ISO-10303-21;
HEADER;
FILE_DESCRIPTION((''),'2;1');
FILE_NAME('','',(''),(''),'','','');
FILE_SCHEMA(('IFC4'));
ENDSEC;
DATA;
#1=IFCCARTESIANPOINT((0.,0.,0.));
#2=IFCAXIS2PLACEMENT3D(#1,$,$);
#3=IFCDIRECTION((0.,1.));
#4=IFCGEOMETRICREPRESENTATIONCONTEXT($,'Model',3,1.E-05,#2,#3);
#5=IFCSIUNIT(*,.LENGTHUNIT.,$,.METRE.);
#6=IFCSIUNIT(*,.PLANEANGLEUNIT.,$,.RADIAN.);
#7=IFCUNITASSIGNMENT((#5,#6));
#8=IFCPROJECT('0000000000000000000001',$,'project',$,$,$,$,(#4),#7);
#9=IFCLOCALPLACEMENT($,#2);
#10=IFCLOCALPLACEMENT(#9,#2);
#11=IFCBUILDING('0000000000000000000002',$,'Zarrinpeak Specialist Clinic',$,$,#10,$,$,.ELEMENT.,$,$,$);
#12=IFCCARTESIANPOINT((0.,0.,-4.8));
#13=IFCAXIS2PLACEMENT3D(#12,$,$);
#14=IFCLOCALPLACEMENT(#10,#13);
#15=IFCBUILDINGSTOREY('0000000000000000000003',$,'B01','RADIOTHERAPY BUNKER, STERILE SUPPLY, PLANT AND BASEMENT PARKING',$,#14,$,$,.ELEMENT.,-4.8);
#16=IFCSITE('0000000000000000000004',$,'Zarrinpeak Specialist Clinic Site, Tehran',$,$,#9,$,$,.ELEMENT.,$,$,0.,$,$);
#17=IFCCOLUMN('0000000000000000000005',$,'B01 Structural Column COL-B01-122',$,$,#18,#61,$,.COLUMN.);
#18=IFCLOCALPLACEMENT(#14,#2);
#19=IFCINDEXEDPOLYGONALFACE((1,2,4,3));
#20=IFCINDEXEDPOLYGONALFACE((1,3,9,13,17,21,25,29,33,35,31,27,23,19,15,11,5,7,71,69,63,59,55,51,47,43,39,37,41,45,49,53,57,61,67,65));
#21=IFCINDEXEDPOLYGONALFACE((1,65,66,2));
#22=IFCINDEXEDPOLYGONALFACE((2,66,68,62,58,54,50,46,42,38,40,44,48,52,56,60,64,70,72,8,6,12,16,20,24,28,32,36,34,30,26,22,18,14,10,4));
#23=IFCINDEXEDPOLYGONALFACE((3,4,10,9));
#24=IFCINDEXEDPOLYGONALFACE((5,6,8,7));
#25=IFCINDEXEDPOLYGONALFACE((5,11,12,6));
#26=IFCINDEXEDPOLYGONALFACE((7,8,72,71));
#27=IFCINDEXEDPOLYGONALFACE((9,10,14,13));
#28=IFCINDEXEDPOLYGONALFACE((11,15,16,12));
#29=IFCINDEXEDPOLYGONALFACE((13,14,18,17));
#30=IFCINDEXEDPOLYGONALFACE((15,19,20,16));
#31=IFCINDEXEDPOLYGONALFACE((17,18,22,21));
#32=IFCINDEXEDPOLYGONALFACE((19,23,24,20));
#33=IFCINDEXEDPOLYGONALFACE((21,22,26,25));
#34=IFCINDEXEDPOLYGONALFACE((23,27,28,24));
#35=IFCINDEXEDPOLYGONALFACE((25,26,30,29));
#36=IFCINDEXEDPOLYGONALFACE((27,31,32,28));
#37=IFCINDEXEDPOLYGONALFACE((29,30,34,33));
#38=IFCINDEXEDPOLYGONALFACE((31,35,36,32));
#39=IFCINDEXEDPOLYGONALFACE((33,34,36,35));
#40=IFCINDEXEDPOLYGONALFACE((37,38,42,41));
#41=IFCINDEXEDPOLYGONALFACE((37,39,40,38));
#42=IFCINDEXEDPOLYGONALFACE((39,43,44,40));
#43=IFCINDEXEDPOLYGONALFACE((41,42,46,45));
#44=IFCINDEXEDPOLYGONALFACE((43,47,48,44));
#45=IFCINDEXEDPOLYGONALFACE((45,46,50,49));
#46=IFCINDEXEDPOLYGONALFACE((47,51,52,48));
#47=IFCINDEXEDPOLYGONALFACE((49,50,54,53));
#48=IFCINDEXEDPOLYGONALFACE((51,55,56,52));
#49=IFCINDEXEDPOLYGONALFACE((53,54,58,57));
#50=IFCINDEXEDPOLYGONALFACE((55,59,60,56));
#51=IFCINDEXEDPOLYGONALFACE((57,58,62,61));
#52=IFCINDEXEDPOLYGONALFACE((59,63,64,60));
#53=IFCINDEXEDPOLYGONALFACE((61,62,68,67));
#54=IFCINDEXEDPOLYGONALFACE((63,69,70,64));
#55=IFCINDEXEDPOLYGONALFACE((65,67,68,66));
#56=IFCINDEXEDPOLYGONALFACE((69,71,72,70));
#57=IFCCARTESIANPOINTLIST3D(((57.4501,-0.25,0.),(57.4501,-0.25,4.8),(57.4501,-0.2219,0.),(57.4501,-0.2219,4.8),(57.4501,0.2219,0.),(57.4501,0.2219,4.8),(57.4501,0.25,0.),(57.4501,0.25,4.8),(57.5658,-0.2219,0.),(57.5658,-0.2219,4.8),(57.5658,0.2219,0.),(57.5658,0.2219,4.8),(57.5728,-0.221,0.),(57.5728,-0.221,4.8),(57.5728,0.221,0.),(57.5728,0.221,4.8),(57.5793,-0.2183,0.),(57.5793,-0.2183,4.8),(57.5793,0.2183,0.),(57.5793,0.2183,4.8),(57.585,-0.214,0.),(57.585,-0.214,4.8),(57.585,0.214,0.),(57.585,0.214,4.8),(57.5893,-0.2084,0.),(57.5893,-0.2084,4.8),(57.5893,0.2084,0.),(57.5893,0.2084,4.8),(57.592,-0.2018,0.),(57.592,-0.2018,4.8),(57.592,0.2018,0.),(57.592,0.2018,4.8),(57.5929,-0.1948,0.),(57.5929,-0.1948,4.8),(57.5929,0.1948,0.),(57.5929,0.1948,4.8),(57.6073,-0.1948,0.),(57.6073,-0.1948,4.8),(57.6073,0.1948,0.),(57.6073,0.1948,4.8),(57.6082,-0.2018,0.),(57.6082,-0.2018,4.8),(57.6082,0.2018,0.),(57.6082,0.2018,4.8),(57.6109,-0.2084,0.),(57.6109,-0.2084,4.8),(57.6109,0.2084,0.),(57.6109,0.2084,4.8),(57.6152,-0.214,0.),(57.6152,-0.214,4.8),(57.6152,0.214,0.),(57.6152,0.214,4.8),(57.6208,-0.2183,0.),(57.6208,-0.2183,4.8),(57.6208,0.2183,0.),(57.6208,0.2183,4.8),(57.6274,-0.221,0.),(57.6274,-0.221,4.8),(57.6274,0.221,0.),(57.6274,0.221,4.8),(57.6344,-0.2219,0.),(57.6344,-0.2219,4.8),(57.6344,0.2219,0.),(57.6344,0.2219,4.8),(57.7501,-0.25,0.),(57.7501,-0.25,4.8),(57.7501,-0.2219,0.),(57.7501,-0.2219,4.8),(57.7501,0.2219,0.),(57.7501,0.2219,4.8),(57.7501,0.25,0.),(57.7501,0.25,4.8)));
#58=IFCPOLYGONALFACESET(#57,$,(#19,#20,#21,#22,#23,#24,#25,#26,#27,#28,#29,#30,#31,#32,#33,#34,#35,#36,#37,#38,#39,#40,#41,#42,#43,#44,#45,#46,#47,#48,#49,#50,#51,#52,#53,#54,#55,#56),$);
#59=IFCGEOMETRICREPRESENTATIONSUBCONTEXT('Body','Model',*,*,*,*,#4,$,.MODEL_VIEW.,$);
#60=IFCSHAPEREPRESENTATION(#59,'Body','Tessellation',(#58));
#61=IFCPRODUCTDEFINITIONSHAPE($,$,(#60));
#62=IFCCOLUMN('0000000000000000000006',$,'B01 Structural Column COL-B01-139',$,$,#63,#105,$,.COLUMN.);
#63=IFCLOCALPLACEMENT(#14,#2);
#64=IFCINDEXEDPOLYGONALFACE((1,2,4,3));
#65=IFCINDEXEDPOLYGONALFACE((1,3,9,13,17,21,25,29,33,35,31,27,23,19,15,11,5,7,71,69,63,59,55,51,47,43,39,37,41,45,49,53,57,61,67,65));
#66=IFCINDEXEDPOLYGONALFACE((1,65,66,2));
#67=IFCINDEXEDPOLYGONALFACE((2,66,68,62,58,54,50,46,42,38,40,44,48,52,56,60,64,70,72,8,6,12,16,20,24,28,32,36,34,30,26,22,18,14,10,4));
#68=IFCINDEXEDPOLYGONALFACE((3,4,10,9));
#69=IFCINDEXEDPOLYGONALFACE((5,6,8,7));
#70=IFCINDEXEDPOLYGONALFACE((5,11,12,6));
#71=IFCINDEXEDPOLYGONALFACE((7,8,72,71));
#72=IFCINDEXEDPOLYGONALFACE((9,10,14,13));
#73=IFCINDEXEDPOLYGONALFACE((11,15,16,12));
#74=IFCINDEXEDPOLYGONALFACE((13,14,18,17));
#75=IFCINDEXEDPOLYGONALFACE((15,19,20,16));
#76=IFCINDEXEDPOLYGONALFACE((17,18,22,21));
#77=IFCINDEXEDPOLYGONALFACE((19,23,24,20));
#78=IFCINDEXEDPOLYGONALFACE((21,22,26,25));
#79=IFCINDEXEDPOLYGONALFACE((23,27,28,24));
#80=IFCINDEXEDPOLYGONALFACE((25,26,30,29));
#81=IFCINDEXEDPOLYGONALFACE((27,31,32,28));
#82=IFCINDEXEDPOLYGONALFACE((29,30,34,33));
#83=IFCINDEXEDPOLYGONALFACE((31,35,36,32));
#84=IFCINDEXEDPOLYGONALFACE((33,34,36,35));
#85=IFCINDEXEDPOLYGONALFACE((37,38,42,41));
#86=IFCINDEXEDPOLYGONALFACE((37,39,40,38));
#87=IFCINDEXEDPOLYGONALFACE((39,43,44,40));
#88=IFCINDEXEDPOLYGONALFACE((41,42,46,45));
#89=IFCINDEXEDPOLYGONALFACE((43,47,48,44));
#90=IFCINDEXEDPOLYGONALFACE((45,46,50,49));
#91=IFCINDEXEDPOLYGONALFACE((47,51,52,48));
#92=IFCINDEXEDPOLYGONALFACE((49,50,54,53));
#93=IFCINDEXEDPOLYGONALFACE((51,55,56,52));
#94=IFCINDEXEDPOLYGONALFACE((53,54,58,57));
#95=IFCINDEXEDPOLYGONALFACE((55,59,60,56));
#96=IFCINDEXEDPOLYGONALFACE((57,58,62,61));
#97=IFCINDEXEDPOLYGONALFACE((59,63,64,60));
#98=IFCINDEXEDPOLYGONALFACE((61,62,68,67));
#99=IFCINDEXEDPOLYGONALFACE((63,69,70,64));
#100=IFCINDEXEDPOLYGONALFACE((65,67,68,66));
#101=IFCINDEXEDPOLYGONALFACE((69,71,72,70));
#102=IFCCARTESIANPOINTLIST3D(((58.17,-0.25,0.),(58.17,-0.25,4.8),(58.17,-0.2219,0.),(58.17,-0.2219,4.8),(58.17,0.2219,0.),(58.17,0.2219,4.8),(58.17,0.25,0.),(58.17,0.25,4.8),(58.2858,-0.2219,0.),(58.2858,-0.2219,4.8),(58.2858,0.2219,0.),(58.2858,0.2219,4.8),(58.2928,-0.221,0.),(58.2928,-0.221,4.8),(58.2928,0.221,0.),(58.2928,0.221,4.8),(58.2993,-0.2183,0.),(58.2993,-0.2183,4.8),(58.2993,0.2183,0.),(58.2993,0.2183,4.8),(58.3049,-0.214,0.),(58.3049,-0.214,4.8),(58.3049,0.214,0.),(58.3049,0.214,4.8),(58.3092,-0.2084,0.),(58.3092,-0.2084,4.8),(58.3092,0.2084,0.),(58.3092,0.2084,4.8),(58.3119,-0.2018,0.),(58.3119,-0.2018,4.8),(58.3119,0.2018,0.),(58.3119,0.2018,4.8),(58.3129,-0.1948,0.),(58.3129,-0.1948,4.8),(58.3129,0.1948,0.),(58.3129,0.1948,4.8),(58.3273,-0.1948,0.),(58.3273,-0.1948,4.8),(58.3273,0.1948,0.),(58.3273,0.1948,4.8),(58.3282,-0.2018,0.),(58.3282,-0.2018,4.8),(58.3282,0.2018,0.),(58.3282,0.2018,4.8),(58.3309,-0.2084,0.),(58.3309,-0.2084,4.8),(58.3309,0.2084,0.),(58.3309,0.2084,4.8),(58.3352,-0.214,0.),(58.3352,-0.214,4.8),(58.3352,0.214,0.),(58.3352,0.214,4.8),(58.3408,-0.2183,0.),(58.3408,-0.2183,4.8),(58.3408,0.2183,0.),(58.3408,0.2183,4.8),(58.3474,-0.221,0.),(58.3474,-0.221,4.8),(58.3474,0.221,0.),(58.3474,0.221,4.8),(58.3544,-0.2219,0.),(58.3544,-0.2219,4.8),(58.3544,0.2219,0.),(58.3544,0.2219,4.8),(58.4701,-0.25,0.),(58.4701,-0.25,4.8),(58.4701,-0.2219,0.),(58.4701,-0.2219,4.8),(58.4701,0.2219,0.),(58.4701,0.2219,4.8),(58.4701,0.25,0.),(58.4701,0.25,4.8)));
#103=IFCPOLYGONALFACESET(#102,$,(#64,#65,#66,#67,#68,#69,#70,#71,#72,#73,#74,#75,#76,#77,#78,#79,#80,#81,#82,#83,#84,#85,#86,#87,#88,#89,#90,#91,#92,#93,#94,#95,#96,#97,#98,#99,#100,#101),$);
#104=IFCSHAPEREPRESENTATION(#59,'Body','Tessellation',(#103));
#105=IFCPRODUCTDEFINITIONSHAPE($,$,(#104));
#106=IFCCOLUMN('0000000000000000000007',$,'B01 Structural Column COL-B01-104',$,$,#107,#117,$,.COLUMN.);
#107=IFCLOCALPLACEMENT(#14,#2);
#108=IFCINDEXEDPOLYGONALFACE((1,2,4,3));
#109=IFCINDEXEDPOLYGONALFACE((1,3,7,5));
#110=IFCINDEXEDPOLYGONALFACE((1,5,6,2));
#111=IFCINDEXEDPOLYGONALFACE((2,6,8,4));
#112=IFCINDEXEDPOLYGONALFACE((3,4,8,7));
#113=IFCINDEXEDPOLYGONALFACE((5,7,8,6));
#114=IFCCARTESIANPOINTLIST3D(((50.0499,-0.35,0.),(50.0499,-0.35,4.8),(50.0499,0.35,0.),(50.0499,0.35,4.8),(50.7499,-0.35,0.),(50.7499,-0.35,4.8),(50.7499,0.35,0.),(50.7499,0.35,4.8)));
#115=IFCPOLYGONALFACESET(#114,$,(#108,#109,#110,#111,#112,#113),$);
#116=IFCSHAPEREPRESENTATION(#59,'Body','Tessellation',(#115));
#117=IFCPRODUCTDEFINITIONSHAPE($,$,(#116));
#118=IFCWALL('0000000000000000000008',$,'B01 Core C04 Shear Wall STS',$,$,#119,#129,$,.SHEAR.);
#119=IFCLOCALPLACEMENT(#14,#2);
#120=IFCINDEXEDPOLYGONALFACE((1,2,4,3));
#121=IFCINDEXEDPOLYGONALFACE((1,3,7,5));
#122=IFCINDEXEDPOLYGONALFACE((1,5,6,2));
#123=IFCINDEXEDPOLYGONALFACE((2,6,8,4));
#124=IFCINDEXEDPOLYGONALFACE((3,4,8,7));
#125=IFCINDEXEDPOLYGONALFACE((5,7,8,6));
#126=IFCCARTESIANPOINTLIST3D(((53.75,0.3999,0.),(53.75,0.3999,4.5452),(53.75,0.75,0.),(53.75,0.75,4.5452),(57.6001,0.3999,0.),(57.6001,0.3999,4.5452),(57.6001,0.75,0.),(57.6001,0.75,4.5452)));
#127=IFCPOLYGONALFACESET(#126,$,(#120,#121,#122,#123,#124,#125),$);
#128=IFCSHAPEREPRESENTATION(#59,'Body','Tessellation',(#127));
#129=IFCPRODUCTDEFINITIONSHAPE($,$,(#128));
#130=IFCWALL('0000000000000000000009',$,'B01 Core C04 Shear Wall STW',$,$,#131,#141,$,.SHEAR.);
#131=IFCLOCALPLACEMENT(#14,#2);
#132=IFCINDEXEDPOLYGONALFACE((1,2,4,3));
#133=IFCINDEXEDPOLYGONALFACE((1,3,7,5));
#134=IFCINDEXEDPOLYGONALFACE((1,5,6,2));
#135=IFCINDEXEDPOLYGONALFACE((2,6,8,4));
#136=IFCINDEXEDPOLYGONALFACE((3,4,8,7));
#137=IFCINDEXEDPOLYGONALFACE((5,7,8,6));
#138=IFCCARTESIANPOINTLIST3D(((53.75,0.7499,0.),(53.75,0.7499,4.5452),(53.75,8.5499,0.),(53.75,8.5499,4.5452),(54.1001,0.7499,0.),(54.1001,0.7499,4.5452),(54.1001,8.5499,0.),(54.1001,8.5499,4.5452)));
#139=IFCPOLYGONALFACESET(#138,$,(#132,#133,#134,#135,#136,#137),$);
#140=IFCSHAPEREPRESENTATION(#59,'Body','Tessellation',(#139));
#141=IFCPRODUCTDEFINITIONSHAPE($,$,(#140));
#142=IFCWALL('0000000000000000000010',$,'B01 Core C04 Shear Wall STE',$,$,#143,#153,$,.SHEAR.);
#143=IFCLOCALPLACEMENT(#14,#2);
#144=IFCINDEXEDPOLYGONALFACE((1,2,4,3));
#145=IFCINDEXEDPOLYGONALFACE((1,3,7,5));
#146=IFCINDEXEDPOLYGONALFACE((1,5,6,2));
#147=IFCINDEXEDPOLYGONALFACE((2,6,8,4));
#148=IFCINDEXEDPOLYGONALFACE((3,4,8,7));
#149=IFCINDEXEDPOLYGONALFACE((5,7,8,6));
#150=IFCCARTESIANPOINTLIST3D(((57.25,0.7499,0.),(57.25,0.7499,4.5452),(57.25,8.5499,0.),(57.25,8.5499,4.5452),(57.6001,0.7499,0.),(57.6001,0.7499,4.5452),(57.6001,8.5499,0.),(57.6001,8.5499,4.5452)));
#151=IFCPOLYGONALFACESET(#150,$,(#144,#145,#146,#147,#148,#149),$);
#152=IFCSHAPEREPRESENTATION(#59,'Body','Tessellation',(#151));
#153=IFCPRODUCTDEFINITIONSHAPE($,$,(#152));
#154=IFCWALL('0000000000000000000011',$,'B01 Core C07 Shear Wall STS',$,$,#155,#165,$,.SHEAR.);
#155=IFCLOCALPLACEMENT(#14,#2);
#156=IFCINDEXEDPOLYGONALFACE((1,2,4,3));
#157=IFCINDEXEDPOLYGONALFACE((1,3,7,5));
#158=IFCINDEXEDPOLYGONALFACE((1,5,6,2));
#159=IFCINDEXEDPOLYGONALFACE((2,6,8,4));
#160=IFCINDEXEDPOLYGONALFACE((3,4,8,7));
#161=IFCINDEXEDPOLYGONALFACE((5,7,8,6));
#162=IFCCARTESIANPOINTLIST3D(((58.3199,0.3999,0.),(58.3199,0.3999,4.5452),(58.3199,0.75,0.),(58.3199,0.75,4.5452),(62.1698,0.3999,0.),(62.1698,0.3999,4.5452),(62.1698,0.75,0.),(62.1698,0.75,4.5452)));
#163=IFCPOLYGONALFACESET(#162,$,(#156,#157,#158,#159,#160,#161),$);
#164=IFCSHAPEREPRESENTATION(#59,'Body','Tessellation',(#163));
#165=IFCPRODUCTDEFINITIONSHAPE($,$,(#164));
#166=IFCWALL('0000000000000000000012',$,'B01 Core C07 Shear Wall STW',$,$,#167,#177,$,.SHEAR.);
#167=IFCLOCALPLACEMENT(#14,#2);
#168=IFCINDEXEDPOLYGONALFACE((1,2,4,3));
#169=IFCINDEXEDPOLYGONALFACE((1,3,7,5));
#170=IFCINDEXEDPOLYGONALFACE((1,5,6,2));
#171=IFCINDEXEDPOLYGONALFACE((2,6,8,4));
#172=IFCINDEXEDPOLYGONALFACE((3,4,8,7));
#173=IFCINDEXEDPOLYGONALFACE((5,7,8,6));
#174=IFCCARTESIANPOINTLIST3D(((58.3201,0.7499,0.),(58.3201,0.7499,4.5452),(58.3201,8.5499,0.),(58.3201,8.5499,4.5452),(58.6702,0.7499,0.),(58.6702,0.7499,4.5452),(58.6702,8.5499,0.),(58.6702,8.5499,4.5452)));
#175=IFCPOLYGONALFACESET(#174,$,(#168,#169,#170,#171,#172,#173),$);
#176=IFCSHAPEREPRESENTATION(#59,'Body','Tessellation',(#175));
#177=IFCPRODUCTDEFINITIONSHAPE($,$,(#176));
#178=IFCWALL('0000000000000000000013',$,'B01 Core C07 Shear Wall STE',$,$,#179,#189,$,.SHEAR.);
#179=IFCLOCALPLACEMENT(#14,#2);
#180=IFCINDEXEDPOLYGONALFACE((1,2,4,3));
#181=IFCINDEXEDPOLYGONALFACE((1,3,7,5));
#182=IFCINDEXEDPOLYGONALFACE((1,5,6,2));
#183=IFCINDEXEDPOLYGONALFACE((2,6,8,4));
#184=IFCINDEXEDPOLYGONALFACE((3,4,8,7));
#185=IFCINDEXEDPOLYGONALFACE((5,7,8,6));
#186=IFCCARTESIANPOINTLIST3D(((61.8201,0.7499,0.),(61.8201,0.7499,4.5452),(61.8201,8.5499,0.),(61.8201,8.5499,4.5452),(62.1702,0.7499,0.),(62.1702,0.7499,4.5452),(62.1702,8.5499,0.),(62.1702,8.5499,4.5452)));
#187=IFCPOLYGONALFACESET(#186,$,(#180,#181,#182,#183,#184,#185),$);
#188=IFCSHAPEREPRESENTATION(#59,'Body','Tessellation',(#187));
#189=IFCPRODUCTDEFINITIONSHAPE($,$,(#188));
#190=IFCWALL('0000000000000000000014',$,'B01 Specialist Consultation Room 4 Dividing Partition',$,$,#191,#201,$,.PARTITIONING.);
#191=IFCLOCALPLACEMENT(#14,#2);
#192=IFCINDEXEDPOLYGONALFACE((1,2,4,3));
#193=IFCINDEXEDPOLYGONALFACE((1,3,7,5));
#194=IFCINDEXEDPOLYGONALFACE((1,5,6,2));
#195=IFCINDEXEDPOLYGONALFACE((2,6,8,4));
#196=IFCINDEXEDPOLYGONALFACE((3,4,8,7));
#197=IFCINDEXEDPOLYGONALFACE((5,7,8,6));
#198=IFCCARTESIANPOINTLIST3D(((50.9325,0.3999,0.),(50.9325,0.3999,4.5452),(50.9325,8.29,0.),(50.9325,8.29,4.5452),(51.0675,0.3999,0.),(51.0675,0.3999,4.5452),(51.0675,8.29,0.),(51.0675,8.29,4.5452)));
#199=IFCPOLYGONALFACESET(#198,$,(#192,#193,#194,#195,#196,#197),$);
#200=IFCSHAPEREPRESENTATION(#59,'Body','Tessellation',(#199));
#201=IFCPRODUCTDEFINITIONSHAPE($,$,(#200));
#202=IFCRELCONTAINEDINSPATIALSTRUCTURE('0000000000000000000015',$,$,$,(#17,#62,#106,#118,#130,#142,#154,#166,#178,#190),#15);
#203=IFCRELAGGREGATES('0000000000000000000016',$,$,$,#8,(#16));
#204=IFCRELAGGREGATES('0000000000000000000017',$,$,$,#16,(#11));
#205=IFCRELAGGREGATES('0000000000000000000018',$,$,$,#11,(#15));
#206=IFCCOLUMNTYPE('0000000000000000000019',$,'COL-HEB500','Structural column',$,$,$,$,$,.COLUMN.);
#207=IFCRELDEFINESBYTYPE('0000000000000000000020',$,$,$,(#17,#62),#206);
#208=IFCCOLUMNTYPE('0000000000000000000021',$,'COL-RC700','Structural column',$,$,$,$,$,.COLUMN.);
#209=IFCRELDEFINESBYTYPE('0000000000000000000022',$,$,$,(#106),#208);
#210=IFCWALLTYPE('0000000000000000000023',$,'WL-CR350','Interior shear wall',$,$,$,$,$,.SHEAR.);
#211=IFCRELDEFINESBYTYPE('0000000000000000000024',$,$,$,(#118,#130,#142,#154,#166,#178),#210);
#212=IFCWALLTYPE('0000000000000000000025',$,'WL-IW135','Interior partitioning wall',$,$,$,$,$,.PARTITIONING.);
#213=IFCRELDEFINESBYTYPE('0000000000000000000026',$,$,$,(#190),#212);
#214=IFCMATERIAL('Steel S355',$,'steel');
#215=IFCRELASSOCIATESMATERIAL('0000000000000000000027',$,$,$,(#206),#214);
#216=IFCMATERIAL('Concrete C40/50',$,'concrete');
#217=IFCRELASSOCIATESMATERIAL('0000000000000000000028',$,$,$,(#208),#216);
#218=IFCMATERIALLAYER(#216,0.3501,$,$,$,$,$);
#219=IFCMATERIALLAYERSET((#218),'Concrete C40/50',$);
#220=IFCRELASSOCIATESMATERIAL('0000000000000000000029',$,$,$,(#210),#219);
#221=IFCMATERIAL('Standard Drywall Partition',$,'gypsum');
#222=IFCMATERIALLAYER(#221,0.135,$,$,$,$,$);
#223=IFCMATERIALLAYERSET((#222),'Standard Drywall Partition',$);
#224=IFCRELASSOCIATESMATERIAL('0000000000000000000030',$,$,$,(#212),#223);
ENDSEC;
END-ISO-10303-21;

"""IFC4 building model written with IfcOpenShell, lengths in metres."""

from ifc_helpers import new_model, si_unit, direction, frame, frame_2d, origin, origin_2d, place, context, subcontext, project, spatial, rectangle, i_section, extrude, material, layer, layer_set, material_profile, profile_set, type_object, element, save


model = new_model("IFC4")

# Units and contexts
model_context = context("Model", 3, precision=1e-05, world=origin(), true_north=direction((0.0, 1.0)))
body_context = subcontext(model_context, "Body", "Model", "MODEL_VIEW")
ifc_project = project(units=[si_unit("LENGTHUNIT", "METRE"), si_unit("PLANEANGLEUNIT", "RADIAN")], contexts=[model_context])

# Site, building, storey
site_placement = place(None, origin())
site = spatial("IfcSite", under=ifc_project, at=site_placement, Name="Zarrinpeak Specialist Clinic Site, Tehran", CompositionType="ELEMENT", RefElevation=0.0)
building_placement = place(site_placement, origin())
building = spatial("IfcBuilding", under=site, at=building_placement, Name="Zarrinpeak Specialist Clinic", CompositionType="ELEMENT")
storey_placement = place(building_placement, frame((0.0, 0.0, -4.8)))
storey = spatial("IfcBuildingStorey", under=building, at=storey_placement, Name="B01", Description="RADIOTHERAPY BUNKER, STERILE SUPPLY, PLANT AND BASEMENT PARKING", CompositionType="ELEMENT", Elevation=-4.8)

# Shared definitions
ifc_material_1 = material(Name="Concrete C40/50", Category="concrete")

# Columns
ifc_material_2 = material(Name="Steel S355", Category="steel")
ifc_material_profile_1 = material_profile(ifc_material_2, i_section(OverallWidth=0.3, OverallDepth=0.5, WebThickness=0.0144, FlangeThickness=0.0281, FilletRadius=0.0271, at=origin_2d()), Name="HEB 500")
ifc_profile_set_1 = profile_set([ifc_material_profile_1], Name="Steel S355")
column_type_1 = type_object("IfcColumnType", Name="COL-HEB500", Description="Structural column", PredefinedType="COLUMN", material=ifc_profile_set_1)
for number, where, z_axis, x_axis, name in (
    (1, (57.6001, 0.0, 0.0), (0.0, 0.0, 1.0), (1.0, 0.0, 0.0), "B01 Structural Column COL-B01-122"),
    (2, (58.3201, 0.0, 0.0), (0.0, 0.0, 1.0), (1.0, 0.0, 0.0), "B01 Structural Column COL-B01-139"),
):
    element("IfcColumn", number, at=place(storey_placement, frame(where, z_axis=z_axis, x_axis=x_axis)), inside=storey, type_object=column_type_1, Name=name, PredefinedType="COLUMN", context=body_context, shape_type="SweptSolid", body=[
        extrude(i_section(OverallWidth=0.3, OverallDepth=0.5, WebThickness=0.0144, FlangeThickness=0.0281, FilletRadius=0.0271, at=origin_2d()), origin(), (0.0, 0.0, 1.0), 4.8),
    ])
ifc_material_profile_2 = material_profile(ifc_material_1, rectangle(XDim=0.7, YDim=0.7, at=origin_2d()), Name="RC 700x700")
ifc_profile_set_2 = profile_set([ifc_material_profile_2], Name="Concrete C40/50")
column_type_2 = type_object("IfcColumnType", Name="COL-RC700", Description="Structural column", PredefinedType="COLUMN", material=ifc_profile_set_2)
column_placement = place(storey_placement, frame((50.3999, 0.0, 0.0), z_axis=(0.0, 0.0, 1.0), x_axis=(1.0, 0.0, 0.0)))
element("IfcColumn", 3, at=column_placement, inside=storey, type_object=column_type_2, Name="B01 Structural Column COL-B01-104", PredefinedType="COLUMN", context=body_context, shape_type="SweptSolid", body=[
    extrude(rectangle(XDim=0.7, YDim=0.7, at=origin_2d()), origin(), (0.0, 0.0, 1.0), 4.8),
])

# Walls
ifc_layer_1 = layer(ifc_material_1, 0.3501)
ifc_layer_set_1 = layer_set([ifc_layer_1], Name="Concrete C40/50")
wall_type_1 = type_object("IfcWallType", Name="WL-CR350", Description="Interior shear wall", PredefinedType="SHEAR", material=ifc_layer_set_1)
wall_1_placement = place(storey_placement, frame((53.75, 0.575, 0.0), z_axis=(0.0, 0.0, 1.0), x_axis=(1.0, 0.0, 0.0)))
element("IfcWall", 4, at=wall_1_placement, inside=storey, type_object=wall_type_1, Name="B01 Core C04 Shear Wall STS", PredefinedType="SHEAR", context=body_context, shape_type="SweptSolid", body=[
    extrude(rectangle(XDim=3.8501, YDim=0.3501, at=frame_2d((1.925, 0.0))), origin(), (0.0, 0.0, 1.0), 4.5452),
])
for number, where, z_axis, x_axis, name in (
    (5, (53.925, 0.75, 0.0), (0.0, 0.0, 1.0), (0.0, 1.0, 0.0), "B01 Core C04 Shear Wall STW"),
    (6, (57.425, 0.75, 0.0), (0.0, 0.0, 1.0), (0.0, 1.0, 0.0), "B01 Core C04 Shear Wall STE"),
):
    element("IfcWall", number, at=place(storey_placement, frame(where, z_axis=z_axis, x_axis=x_axis)), inside=storey, type_object=wall_type_1, Name=name, PredefinedType="SHEAR", context=body_context, shape_type="SweptSolid", body=[
        extrude(rectangle(XDim=7.8, YDim=0.3501, at=frame_2d((3.8999, 0.0))), origin(), (0.0, 0.0, 1.0), 4.5452),
    ])
wall_2_placement = place(storey_placement, frame((58.3201, 0.575, 0.0), z_axis=(0.0, 0.0, 1.0), x_axis=(1.0, 0.0, 0.0)))
element("IfcWall", 7, at=wall_2_placement, inside=storey, type_object=wall_type_1, Name="B01 Core C07 Shear Wall STS", PredefinedType="SHEAR", context=body_context, shape_type="SweptSolid", body=[
    extrude(rectangle(XDim=3.8499, YDim=0.3501, at=frame_2d((1.9248, 0.0))), origin(), (0.0, 0.0, 1.0), 4.5452),
])
for number, where, z_axis, x_axis, name in (
    (8, (58.4951, 0.75, 0.0), (0.0, 0.0, 1.0), (0.0, 1.0, 0.0), "B01 Core C07 Shear Wall STW"),
    (9, (61.9951, 0.75, 0.0), (0.0, 0.0, 1.0), (0.0, 1.0, 0.0), "B01 Core C07 Shear Wall STE"),
):
    element("IfcWall", number, at=place(storey_placement, frame(where, z_axis=z_axis, x_axis=x_axis)), inside=storey, type_object=wall_type_1, Name=name, PredefinedType="SHEAR", context=body_context, shape_type="SweptSolid", body=[
        extrude(rectangle(XDim=7.8, YDim=0.3501, at=frame_2d((3.8999, 0.0))), origin(), (0.0, 0.0, 1.0), 4.5452),
    ])
ifc_material_3 = material(Name="Standard Drywall Partition", Category="gypsum")
ifc_layer_2 = layer(ifc_material_3, 0.135)
ifc_layer_set_2 = layer_set([ifc_layer_2], Name="Standard Drywall Partition")
wall_type_2 = type_object("IfcWallType", Name="WL-IW135", Description="Interior partitioning wall", PredefinedType="PARTITIONING", material=ifc_layer_set_2)
wall_3_placement = place(storey_placement, frame((51.0, 0.3999, 0.0), z_axis=(0.0, 0.0, 1.0), x_axis=(0.0, 1.0, 0.0)))
element("IfcWall", 10, at=wall_3_placement, inside=storey, type_object=wall_type_2, Name="B01 Specialist Consultation Room 4 Dividing Partition", PredefinedType="PARTITIONING", context=body_context, shape_type="SweptSolid", body=[
    extrude(rectangle(XDim=7.8901, YDim=0.135, at=frame_2d((3.9451, 0.0))), origin(), (0.0, 0.0, 1.0), 4.5452),
])

save(model, "model.ifc")
